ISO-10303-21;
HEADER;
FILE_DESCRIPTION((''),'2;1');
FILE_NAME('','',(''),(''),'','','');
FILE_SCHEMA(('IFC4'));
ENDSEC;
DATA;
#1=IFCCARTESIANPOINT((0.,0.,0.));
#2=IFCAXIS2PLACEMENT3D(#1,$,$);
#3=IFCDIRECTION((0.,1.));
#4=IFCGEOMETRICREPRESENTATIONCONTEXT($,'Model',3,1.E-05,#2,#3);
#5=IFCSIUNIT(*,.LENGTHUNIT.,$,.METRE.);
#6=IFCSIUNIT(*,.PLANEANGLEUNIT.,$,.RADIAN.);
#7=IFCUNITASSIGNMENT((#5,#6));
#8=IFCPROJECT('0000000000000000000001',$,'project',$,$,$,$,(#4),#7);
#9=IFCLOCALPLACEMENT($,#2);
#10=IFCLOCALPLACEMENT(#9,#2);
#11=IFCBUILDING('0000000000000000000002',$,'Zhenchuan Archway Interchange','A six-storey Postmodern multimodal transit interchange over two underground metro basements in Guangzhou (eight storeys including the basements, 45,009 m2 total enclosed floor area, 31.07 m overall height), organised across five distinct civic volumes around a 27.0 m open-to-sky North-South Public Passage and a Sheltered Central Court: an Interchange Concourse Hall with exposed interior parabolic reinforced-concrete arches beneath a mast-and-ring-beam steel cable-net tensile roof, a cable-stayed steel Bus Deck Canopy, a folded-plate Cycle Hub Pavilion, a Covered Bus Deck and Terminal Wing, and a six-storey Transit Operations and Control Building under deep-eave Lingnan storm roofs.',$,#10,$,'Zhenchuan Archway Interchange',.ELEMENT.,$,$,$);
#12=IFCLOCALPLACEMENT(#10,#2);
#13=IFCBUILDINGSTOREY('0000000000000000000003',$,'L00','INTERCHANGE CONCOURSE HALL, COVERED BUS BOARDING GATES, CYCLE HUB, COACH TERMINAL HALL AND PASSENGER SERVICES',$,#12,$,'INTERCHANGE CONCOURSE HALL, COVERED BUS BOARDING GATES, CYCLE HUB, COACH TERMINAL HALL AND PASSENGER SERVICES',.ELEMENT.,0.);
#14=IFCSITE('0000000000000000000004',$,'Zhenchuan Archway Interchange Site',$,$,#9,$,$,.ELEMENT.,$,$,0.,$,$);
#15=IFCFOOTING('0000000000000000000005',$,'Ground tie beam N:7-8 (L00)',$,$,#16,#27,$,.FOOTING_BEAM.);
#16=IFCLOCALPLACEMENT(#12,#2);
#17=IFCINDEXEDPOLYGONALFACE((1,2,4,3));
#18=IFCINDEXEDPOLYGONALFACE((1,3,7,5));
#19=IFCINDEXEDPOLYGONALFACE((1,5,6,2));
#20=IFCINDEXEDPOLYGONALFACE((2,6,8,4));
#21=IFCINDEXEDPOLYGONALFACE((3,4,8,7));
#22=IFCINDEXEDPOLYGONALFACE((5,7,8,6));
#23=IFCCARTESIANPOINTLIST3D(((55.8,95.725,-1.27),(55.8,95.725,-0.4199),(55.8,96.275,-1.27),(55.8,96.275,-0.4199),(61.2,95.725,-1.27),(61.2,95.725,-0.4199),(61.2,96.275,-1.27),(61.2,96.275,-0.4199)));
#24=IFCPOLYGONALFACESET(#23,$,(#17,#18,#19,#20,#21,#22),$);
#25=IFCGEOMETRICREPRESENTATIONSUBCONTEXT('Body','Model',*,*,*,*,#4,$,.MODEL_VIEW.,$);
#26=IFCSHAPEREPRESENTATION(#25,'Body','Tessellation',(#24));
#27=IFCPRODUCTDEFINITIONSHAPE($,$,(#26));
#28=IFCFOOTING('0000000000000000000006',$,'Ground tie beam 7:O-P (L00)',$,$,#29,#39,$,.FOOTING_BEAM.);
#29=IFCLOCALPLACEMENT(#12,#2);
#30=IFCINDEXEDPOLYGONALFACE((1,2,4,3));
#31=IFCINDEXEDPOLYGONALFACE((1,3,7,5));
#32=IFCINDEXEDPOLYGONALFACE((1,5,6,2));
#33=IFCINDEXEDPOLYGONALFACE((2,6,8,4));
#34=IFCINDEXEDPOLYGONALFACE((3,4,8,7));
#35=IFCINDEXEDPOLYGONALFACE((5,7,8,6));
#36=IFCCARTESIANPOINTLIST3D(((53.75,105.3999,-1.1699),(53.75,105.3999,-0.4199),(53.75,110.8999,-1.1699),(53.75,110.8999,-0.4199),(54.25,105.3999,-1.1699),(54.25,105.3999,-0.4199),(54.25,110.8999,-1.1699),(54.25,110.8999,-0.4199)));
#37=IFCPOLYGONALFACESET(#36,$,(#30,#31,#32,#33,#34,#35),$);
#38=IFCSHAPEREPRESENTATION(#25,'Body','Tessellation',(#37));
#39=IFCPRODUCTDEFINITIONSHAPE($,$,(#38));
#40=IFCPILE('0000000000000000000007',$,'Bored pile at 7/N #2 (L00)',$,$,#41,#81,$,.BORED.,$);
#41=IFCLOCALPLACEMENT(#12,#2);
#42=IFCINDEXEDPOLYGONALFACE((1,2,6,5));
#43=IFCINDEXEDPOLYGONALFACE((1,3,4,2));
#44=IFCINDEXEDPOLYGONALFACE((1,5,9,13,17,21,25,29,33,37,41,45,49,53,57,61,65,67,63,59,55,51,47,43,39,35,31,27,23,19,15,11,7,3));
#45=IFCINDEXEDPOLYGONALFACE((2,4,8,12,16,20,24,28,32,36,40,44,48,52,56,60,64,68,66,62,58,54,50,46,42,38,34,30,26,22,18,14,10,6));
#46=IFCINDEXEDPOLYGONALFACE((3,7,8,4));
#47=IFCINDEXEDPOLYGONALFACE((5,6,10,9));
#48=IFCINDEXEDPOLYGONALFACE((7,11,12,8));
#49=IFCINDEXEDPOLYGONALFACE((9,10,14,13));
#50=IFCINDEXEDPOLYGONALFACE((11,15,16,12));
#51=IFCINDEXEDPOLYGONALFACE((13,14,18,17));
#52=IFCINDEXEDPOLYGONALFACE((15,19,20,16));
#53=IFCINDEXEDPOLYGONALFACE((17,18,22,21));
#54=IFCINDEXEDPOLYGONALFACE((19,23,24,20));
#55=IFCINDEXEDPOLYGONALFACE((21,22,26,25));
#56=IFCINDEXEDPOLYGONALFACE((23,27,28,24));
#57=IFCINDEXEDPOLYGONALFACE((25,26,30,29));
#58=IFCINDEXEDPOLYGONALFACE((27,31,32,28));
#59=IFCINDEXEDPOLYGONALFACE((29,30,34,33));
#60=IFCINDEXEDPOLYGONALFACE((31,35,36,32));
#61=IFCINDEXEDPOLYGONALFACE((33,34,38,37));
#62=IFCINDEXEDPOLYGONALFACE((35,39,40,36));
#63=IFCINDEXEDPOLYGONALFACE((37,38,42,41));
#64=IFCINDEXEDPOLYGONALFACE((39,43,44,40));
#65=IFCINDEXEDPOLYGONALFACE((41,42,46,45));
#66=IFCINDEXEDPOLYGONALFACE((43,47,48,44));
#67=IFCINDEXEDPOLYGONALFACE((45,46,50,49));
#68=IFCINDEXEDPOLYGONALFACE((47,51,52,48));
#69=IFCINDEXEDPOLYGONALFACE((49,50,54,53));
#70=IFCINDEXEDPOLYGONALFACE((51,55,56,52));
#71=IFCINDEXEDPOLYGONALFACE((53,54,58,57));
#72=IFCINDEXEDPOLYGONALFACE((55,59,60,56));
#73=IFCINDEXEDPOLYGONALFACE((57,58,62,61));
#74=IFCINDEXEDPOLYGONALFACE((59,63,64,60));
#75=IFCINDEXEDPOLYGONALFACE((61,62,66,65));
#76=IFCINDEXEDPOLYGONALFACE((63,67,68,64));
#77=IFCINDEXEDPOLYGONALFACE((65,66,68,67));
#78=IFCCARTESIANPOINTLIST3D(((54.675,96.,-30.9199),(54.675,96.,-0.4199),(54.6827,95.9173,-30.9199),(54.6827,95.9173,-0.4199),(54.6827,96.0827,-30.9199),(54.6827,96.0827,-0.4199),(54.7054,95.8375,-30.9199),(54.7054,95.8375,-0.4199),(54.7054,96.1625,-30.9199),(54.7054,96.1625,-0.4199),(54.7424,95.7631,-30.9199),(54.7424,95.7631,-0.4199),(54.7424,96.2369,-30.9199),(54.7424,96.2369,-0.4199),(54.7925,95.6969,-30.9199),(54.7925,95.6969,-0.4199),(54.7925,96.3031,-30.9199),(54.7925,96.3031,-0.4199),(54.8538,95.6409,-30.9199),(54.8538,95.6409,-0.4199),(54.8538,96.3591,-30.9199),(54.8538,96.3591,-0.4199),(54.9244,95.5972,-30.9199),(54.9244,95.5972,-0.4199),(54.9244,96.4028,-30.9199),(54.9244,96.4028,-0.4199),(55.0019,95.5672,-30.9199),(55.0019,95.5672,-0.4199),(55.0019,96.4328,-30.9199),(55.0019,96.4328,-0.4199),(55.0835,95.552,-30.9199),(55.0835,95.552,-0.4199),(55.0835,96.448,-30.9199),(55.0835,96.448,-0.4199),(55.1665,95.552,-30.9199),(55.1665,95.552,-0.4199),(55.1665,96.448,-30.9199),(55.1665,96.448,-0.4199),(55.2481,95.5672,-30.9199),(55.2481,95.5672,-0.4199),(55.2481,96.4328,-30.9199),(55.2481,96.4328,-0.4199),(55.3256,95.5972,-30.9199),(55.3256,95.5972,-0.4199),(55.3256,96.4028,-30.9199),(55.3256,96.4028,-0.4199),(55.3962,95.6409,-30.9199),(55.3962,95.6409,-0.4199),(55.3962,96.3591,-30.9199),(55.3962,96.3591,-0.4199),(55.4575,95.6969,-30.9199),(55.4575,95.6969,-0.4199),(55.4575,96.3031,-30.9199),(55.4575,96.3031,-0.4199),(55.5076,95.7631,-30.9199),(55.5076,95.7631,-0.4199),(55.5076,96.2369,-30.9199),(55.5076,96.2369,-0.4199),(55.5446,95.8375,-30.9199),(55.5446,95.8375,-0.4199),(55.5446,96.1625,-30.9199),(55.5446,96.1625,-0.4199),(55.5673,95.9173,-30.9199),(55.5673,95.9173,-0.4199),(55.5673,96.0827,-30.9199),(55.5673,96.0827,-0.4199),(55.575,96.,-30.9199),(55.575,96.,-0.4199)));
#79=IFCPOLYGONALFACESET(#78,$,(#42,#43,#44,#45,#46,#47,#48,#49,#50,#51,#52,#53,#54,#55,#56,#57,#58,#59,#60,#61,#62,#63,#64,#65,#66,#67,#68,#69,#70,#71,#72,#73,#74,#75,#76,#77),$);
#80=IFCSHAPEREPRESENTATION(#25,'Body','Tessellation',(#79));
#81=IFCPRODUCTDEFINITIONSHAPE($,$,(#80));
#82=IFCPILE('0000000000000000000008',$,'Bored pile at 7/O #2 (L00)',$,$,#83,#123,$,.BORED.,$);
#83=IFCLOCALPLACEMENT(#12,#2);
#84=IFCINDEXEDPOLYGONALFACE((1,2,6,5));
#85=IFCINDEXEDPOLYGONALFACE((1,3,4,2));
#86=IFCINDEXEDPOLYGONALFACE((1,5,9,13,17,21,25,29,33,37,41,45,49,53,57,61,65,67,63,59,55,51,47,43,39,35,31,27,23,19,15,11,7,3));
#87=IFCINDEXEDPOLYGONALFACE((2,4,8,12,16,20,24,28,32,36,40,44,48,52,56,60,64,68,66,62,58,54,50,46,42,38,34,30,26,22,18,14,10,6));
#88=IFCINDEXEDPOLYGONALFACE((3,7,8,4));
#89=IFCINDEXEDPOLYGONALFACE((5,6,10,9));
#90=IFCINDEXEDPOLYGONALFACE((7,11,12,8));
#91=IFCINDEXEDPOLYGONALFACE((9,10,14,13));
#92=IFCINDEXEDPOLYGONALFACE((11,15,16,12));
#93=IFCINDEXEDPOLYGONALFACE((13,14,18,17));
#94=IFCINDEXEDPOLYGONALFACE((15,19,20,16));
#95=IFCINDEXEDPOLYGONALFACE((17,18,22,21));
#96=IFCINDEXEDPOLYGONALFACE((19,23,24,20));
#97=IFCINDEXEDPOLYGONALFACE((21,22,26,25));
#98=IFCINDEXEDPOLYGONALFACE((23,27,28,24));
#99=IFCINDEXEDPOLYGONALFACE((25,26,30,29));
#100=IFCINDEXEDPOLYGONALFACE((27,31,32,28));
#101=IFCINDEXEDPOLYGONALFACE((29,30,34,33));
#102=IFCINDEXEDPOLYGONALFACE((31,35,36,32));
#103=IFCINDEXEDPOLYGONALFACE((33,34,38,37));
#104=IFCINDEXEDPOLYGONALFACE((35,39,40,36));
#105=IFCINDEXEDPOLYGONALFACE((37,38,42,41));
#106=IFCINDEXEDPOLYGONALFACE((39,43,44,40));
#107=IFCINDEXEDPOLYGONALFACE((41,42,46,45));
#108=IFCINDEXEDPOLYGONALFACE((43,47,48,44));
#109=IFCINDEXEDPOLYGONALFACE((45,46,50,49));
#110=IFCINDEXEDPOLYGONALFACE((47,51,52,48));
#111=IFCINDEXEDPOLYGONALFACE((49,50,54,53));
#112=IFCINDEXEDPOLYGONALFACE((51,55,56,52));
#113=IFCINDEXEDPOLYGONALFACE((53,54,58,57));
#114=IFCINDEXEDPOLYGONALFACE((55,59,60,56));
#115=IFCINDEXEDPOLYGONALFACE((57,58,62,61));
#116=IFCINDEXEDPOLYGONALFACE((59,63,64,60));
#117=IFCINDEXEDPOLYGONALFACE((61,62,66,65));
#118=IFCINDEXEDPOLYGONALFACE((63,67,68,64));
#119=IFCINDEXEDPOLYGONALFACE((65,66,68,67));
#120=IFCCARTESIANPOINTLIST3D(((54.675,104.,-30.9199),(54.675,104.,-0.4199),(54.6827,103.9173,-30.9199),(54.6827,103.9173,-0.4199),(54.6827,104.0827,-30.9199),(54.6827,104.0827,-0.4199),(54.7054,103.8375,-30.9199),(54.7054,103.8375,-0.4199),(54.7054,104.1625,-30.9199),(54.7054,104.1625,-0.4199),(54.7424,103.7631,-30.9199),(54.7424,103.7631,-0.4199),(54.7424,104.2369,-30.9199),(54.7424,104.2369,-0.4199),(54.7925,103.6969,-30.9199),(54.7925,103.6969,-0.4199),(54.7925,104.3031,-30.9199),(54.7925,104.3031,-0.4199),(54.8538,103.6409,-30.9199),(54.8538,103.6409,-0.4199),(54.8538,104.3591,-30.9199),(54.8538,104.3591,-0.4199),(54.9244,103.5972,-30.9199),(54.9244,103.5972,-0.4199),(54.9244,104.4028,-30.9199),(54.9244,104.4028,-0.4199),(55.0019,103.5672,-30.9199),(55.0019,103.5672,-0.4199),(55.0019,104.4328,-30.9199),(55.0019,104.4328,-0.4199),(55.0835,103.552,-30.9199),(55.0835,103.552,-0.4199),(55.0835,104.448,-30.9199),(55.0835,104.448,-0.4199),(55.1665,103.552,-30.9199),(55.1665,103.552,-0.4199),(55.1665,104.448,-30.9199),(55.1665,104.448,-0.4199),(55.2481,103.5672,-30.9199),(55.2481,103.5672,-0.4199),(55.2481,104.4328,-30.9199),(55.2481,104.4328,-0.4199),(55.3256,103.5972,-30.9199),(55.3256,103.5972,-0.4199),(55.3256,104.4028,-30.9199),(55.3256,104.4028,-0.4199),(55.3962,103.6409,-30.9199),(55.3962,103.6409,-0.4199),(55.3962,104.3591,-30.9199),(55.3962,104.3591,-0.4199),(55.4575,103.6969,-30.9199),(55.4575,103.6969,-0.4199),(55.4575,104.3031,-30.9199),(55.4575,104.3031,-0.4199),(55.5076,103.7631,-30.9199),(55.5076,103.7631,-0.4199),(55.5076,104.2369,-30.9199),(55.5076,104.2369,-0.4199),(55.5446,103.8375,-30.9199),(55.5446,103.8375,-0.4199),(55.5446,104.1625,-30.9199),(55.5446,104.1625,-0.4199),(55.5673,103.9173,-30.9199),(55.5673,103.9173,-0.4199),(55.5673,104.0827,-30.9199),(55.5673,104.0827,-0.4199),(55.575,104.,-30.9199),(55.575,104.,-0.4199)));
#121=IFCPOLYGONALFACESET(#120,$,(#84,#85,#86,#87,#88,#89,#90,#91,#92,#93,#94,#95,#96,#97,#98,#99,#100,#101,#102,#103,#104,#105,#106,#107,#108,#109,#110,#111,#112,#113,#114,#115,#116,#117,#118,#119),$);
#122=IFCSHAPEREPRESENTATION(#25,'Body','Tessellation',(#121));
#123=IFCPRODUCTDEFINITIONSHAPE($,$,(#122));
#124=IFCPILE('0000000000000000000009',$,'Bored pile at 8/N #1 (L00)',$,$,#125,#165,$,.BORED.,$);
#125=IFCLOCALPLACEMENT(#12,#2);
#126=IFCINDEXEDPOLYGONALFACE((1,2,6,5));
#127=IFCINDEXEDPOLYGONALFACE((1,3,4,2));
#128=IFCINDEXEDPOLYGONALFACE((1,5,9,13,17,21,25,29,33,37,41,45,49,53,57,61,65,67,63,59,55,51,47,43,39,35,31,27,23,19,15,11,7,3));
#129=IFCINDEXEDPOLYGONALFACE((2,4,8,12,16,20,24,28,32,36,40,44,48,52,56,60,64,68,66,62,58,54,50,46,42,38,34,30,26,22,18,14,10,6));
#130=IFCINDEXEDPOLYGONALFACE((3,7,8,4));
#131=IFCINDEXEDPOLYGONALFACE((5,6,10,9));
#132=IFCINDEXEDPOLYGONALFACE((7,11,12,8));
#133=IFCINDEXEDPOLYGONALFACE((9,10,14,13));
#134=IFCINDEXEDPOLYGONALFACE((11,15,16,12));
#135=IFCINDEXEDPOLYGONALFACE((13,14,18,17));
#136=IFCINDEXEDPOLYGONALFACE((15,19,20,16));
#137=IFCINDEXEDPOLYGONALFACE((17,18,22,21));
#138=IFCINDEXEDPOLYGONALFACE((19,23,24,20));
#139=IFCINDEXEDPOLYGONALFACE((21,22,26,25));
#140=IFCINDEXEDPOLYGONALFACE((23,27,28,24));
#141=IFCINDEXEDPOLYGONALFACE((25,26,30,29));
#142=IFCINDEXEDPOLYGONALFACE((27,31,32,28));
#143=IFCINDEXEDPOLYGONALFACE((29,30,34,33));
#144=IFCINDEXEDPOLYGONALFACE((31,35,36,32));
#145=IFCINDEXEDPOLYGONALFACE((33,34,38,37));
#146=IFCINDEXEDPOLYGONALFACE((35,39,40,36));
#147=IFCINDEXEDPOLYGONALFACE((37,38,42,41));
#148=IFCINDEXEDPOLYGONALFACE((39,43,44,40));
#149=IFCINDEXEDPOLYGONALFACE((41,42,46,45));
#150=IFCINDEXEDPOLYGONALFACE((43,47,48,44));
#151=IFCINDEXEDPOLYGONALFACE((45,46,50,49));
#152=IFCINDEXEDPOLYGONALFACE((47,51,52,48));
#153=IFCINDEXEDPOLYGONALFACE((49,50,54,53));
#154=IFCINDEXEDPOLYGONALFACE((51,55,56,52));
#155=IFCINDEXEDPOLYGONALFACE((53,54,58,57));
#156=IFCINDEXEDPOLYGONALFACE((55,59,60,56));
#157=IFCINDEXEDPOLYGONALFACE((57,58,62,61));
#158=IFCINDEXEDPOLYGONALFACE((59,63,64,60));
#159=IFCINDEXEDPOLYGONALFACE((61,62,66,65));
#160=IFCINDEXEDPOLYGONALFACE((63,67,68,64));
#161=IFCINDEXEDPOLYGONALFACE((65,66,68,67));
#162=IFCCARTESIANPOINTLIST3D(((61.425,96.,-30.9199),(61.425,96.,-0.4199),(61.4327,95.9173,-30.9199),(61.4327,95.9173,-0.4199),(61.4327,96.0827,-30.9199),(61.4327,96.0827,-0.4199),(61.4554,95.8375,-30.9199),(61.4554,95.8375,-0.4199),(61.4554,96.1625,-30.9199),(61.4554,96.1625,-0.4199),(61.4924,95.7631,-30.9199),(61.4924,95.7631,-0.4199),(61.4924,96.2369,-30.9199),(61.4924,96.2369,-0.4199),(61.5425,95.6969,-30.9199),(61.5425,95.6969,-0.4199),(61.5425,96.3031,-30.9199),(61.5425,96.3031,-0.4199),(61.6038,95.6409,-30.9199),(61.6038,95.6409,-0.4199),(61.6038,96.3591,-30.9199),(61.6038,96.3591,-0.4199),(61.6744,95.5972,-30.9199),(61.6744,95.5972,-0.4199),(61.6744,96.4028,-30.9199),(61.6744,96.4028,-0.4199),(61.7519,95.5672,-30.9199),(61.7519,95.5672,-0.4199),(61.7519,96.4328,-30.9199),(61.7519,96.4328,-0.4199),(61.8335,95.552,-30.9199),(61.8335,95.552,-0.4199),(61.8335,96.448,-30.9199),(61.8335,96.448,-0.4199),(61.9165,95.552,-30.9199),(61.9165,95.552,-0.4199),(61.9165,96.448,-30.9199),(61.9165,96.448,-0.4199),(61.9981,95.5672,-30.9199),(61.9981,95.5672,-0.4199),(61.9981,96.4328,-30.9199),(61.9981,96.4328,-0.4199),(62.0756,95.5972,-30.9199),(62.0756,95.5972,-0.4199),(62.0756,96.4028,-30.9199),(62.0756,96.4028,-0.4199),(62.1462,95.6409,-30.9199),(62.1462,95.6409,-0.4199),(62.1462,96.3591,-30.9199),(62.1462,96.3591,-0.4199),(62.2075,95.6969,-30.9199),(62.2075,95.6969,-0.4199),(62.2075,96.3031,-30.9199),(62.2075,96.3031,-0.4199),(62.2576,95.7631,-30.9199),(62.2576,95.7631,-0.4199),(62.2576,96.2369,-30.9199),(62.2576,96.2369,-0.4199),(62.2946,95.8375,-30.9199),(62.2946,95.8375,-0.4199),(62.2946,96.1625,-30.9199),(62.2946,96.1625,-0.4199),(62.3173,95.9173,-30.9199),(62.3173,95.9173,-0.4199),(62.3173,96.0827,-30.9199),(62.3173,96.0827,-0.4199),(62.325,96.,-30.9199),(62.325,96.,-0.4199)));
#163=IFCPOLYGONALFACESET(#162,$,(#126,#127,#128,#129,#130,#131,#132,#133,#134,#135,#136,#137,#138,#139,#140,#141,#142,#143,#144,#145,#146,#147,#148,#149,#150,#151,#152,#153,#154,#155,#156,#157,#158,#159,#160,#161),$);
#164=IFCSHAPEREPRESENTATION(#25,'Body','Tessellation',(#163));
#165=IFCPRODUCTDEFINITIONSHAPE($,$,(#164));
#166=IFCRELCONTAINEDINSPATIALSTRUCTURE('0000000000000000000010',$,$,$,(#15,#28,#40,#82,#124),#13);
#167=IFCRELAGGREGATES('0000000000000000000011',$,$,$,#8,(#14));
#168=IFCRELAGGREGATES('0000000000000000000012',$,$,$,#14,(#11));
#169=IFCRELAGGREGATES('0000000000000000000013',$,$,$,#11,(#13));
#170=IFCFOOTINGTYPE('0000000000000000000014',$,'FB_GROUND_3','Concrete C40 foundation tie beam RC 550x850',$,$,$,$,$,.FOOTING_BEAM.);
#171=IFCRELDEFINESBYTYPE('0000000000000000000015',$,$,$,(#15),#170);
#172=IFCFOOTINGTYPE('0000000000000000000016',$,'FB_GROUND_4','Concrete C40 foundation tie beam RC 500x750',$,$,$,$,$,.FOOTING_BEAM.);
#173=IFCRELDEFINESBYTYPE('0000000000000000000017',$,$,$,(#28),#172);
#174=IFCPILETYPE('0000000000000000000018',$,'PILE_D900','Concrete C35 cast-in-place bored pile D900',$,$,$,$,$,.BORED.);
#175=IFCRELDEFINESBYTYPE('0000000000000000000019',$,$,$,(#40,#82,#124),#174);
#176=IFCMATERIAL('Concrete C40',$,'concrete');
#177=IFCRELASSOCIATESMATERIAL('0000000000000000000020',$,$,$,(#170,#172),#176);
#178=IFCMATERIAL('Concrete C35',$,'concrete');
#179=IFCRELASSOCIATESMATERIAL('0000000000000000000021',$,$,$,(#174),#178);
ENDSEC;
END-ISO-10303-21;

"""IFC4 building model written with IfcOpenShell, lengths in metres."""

from ifc_helpers import new_model, si_unit, direction, frame, origin, origin_2d, place, context, subcontext, project, spatial, rectangle, circle, extrude, material, material_profile, profile_set, type_object, element, save


model = new_model("IFC4")

# Units and contexts
model_context = context("Model", 3, precision=1e-05, world=origin(), true_north=direction((0.0, 1.0)))
body_context = subcontext(model_context, "Body", "Model", "MODEL_VIEW")
ifc_project = project(units=[si_unit("LENGTHUNIT", "METRE"), si_unit("PLANEANGLEUNIT", "RADIAN")], contexts=[model_context])

# Site, building, storey
site_placement = place(None, origin())
site = spatial("IfcSite", under=ifc_project, at=site_placement, Name="Zhenchuan Archway Interchange Site", CompositionType="ELEMENT", RefElevation=0.0)
building_placement = place(site_placement, origin())
building = spatial("IfcBuilding", under=site, at=building_placement, Name="Zhenchuan Archway Interchange", Description="A six-storey Postmodern multimodal transit interchange over two underground metro basements in Guangzhou (eight storeys including the basements, 45,009 m2 total enclosed floor area, 31.07 m overall height), organised across five distinct civic volumes around a 27.0 m open-to-sky North-South Public Passage and a Sheltered Central Court: an Interchange Concourse Hall with exposed interior parabolic reinforced-concrete arches beneath a mast-and-ring-beam steel cable-net tensile roof, a cable-stayed steel Bus Deck Canopy, a folded-plate Cycle Hub Pavilion, a Covered Bus Deck and Terminal Wing, and a six-storey Transit Operations and Control Building under deep-eave Lingnan storm roofs.", LongName="Zhenchuan Archway Interchange", CompositionType="ELEMENT")
storey_placement = place(building_placement, origin())
storey = spatial("IfcBuildingStorey", under=building, at=storey_placement, Name="L00", Description="INTERCHANGE CONCOURSE HALL, COVERED BUS BOARDING GATES, CYCLE HUB, COACH TERMINAL HALL AND PASSENGER SERVICES", LongName="INTERCHANGE CONCOURSE HALL, COVERED BUS BOARDING GATES, CYCLE HUB, COACH TERMINAL HALL AND PASSENGER SERVICES", CompositionType="ELEMENT", Elevation=0.0)

# Footings
ifc_material_1 = material(Name="Concrete C40", Category="concrete")
ifc_material_profile_1 = material_profile(ifc_material_1, rectangle(XDim=0.55, YDim=0.8501, at=origin_2d()), Name="RC 550x850")
ifc_profile_set_1 = profile_set([ifc_material_profile_1], Name="Concrete C40")
footing_type_1 = type_object("IfcFootingType", Name="FB_GROUND_3", Description="Concrete C40 foundation tie beam RC 550x850", PredefinedType="FOOTING_BEAM", material=ifc_profile_set_1)
footing_1_placement = place(storey_placement, frame((55.8, 96.0, -0.845), z_axis=(1.0, 0.0, 0.0), x_axis=(0.0, 1.0, 0.0)))
element("IfcFooting", 1, at=footing_1_placement, inside=storey, type_object=footing_type_1, Name="Ground tie beam N:7-8 (L00)", PredefinedType="FOOTING_BEAM", context=body_context, shape_type="SweptSolid", body=[
    extrude(rectangle(XDim=0.55, YDim=0.8501, at=origin_2d()), origin(), (0.0, 0.0, 1.0), 5.3999),
])
ifc_material_profile_2 = material_profile(ifc_material_1, rectangle(XDim=0.5, YDim=0.75, at=origin_2d()), Name="RC 500x750")
ifc_profile_set_2 = profile_set([ifc_material_profile_2], Name="Concrete C40")
footing_type_2 = type_object("IfcFootingType", Name="FB_GROUND_4", Description="Concrete C40 foundation tie beam RC 500x750", PredefinedType="FOOTING_BEAM", material=ifc_profile_set_2)
footing_2_placement = place(storey_placement, frame((54.0, 105.3999, -0.7949), z_axis=(0.0, 1.0, 0.0), x_axis=(-1.0, 0.0, 0.0)))
element("IfcFooting", 2, at=footing_2_placement, inside=storey, type_object=footing_type_2, Name="Ground tie beam 7:O-P (L00)", PredefinedType="FOOTING_BEAM", context=body_context, shape_type="SweptSolid", body=[
    extrude(rectangle(XDim=0.5, YDim=0.75, at=origin_2d()), origin(), (0.0, 0.0, 1.0), 5.5),
])

# Piles
ifc_material_2 = material(Name="Concrete C35", Category="concrete")
ifc_material_profile_3 = material_profile(ifc_material_2, circle(Radius=0.45, at=origin_2d()), Name="BORED PILE 900")
ifc_profile_set_3 = profile_set([ifc_material_profile_3], Name="Concrete C35")
pile_type = type_object("IfcPileType", Name="PILE_D900", Description="Concrete C35 cast-in-place bored pile D900", PredefinedType="BORED", material=ifc_profile_set_3)
for number, where, z_axis, x_axis, name in (
    (3, (55.125, 96.0, -0.4199), (0.0, 0.0, -1.0), (1.0, 0.0, 0.0), "Bored pile at 7/N #2 (L00)"),
    (4, (55.125, 104.0, -0.4199), (0.0, 0.0, -1.0), (1.0, 0.0, 0.0), "Bored pile at 7/O #2 (L00)"),
    (5, (61.875, 96.0, -0.4199), (0.0, 0.0, -1.0), (1.0, 0.0, 0.0), "Bored pile at 8/N #1 (L00)"),
):
    element("IfcPile", number, at=place(storey_placement, frame(where, z_axis=z_axis, x_axis=x_axis)), inside=storey, type_object=pile_type, Name=name, PredefinedType="BORED", context=body_context, shape_type="SweptSolid", body=[
        extrude(circle(Radius=0.45, at=origin_2d()), origin(), (0.0, 0.0, 1.0), 30.5),
    ])

save(model, "model.ifc")
